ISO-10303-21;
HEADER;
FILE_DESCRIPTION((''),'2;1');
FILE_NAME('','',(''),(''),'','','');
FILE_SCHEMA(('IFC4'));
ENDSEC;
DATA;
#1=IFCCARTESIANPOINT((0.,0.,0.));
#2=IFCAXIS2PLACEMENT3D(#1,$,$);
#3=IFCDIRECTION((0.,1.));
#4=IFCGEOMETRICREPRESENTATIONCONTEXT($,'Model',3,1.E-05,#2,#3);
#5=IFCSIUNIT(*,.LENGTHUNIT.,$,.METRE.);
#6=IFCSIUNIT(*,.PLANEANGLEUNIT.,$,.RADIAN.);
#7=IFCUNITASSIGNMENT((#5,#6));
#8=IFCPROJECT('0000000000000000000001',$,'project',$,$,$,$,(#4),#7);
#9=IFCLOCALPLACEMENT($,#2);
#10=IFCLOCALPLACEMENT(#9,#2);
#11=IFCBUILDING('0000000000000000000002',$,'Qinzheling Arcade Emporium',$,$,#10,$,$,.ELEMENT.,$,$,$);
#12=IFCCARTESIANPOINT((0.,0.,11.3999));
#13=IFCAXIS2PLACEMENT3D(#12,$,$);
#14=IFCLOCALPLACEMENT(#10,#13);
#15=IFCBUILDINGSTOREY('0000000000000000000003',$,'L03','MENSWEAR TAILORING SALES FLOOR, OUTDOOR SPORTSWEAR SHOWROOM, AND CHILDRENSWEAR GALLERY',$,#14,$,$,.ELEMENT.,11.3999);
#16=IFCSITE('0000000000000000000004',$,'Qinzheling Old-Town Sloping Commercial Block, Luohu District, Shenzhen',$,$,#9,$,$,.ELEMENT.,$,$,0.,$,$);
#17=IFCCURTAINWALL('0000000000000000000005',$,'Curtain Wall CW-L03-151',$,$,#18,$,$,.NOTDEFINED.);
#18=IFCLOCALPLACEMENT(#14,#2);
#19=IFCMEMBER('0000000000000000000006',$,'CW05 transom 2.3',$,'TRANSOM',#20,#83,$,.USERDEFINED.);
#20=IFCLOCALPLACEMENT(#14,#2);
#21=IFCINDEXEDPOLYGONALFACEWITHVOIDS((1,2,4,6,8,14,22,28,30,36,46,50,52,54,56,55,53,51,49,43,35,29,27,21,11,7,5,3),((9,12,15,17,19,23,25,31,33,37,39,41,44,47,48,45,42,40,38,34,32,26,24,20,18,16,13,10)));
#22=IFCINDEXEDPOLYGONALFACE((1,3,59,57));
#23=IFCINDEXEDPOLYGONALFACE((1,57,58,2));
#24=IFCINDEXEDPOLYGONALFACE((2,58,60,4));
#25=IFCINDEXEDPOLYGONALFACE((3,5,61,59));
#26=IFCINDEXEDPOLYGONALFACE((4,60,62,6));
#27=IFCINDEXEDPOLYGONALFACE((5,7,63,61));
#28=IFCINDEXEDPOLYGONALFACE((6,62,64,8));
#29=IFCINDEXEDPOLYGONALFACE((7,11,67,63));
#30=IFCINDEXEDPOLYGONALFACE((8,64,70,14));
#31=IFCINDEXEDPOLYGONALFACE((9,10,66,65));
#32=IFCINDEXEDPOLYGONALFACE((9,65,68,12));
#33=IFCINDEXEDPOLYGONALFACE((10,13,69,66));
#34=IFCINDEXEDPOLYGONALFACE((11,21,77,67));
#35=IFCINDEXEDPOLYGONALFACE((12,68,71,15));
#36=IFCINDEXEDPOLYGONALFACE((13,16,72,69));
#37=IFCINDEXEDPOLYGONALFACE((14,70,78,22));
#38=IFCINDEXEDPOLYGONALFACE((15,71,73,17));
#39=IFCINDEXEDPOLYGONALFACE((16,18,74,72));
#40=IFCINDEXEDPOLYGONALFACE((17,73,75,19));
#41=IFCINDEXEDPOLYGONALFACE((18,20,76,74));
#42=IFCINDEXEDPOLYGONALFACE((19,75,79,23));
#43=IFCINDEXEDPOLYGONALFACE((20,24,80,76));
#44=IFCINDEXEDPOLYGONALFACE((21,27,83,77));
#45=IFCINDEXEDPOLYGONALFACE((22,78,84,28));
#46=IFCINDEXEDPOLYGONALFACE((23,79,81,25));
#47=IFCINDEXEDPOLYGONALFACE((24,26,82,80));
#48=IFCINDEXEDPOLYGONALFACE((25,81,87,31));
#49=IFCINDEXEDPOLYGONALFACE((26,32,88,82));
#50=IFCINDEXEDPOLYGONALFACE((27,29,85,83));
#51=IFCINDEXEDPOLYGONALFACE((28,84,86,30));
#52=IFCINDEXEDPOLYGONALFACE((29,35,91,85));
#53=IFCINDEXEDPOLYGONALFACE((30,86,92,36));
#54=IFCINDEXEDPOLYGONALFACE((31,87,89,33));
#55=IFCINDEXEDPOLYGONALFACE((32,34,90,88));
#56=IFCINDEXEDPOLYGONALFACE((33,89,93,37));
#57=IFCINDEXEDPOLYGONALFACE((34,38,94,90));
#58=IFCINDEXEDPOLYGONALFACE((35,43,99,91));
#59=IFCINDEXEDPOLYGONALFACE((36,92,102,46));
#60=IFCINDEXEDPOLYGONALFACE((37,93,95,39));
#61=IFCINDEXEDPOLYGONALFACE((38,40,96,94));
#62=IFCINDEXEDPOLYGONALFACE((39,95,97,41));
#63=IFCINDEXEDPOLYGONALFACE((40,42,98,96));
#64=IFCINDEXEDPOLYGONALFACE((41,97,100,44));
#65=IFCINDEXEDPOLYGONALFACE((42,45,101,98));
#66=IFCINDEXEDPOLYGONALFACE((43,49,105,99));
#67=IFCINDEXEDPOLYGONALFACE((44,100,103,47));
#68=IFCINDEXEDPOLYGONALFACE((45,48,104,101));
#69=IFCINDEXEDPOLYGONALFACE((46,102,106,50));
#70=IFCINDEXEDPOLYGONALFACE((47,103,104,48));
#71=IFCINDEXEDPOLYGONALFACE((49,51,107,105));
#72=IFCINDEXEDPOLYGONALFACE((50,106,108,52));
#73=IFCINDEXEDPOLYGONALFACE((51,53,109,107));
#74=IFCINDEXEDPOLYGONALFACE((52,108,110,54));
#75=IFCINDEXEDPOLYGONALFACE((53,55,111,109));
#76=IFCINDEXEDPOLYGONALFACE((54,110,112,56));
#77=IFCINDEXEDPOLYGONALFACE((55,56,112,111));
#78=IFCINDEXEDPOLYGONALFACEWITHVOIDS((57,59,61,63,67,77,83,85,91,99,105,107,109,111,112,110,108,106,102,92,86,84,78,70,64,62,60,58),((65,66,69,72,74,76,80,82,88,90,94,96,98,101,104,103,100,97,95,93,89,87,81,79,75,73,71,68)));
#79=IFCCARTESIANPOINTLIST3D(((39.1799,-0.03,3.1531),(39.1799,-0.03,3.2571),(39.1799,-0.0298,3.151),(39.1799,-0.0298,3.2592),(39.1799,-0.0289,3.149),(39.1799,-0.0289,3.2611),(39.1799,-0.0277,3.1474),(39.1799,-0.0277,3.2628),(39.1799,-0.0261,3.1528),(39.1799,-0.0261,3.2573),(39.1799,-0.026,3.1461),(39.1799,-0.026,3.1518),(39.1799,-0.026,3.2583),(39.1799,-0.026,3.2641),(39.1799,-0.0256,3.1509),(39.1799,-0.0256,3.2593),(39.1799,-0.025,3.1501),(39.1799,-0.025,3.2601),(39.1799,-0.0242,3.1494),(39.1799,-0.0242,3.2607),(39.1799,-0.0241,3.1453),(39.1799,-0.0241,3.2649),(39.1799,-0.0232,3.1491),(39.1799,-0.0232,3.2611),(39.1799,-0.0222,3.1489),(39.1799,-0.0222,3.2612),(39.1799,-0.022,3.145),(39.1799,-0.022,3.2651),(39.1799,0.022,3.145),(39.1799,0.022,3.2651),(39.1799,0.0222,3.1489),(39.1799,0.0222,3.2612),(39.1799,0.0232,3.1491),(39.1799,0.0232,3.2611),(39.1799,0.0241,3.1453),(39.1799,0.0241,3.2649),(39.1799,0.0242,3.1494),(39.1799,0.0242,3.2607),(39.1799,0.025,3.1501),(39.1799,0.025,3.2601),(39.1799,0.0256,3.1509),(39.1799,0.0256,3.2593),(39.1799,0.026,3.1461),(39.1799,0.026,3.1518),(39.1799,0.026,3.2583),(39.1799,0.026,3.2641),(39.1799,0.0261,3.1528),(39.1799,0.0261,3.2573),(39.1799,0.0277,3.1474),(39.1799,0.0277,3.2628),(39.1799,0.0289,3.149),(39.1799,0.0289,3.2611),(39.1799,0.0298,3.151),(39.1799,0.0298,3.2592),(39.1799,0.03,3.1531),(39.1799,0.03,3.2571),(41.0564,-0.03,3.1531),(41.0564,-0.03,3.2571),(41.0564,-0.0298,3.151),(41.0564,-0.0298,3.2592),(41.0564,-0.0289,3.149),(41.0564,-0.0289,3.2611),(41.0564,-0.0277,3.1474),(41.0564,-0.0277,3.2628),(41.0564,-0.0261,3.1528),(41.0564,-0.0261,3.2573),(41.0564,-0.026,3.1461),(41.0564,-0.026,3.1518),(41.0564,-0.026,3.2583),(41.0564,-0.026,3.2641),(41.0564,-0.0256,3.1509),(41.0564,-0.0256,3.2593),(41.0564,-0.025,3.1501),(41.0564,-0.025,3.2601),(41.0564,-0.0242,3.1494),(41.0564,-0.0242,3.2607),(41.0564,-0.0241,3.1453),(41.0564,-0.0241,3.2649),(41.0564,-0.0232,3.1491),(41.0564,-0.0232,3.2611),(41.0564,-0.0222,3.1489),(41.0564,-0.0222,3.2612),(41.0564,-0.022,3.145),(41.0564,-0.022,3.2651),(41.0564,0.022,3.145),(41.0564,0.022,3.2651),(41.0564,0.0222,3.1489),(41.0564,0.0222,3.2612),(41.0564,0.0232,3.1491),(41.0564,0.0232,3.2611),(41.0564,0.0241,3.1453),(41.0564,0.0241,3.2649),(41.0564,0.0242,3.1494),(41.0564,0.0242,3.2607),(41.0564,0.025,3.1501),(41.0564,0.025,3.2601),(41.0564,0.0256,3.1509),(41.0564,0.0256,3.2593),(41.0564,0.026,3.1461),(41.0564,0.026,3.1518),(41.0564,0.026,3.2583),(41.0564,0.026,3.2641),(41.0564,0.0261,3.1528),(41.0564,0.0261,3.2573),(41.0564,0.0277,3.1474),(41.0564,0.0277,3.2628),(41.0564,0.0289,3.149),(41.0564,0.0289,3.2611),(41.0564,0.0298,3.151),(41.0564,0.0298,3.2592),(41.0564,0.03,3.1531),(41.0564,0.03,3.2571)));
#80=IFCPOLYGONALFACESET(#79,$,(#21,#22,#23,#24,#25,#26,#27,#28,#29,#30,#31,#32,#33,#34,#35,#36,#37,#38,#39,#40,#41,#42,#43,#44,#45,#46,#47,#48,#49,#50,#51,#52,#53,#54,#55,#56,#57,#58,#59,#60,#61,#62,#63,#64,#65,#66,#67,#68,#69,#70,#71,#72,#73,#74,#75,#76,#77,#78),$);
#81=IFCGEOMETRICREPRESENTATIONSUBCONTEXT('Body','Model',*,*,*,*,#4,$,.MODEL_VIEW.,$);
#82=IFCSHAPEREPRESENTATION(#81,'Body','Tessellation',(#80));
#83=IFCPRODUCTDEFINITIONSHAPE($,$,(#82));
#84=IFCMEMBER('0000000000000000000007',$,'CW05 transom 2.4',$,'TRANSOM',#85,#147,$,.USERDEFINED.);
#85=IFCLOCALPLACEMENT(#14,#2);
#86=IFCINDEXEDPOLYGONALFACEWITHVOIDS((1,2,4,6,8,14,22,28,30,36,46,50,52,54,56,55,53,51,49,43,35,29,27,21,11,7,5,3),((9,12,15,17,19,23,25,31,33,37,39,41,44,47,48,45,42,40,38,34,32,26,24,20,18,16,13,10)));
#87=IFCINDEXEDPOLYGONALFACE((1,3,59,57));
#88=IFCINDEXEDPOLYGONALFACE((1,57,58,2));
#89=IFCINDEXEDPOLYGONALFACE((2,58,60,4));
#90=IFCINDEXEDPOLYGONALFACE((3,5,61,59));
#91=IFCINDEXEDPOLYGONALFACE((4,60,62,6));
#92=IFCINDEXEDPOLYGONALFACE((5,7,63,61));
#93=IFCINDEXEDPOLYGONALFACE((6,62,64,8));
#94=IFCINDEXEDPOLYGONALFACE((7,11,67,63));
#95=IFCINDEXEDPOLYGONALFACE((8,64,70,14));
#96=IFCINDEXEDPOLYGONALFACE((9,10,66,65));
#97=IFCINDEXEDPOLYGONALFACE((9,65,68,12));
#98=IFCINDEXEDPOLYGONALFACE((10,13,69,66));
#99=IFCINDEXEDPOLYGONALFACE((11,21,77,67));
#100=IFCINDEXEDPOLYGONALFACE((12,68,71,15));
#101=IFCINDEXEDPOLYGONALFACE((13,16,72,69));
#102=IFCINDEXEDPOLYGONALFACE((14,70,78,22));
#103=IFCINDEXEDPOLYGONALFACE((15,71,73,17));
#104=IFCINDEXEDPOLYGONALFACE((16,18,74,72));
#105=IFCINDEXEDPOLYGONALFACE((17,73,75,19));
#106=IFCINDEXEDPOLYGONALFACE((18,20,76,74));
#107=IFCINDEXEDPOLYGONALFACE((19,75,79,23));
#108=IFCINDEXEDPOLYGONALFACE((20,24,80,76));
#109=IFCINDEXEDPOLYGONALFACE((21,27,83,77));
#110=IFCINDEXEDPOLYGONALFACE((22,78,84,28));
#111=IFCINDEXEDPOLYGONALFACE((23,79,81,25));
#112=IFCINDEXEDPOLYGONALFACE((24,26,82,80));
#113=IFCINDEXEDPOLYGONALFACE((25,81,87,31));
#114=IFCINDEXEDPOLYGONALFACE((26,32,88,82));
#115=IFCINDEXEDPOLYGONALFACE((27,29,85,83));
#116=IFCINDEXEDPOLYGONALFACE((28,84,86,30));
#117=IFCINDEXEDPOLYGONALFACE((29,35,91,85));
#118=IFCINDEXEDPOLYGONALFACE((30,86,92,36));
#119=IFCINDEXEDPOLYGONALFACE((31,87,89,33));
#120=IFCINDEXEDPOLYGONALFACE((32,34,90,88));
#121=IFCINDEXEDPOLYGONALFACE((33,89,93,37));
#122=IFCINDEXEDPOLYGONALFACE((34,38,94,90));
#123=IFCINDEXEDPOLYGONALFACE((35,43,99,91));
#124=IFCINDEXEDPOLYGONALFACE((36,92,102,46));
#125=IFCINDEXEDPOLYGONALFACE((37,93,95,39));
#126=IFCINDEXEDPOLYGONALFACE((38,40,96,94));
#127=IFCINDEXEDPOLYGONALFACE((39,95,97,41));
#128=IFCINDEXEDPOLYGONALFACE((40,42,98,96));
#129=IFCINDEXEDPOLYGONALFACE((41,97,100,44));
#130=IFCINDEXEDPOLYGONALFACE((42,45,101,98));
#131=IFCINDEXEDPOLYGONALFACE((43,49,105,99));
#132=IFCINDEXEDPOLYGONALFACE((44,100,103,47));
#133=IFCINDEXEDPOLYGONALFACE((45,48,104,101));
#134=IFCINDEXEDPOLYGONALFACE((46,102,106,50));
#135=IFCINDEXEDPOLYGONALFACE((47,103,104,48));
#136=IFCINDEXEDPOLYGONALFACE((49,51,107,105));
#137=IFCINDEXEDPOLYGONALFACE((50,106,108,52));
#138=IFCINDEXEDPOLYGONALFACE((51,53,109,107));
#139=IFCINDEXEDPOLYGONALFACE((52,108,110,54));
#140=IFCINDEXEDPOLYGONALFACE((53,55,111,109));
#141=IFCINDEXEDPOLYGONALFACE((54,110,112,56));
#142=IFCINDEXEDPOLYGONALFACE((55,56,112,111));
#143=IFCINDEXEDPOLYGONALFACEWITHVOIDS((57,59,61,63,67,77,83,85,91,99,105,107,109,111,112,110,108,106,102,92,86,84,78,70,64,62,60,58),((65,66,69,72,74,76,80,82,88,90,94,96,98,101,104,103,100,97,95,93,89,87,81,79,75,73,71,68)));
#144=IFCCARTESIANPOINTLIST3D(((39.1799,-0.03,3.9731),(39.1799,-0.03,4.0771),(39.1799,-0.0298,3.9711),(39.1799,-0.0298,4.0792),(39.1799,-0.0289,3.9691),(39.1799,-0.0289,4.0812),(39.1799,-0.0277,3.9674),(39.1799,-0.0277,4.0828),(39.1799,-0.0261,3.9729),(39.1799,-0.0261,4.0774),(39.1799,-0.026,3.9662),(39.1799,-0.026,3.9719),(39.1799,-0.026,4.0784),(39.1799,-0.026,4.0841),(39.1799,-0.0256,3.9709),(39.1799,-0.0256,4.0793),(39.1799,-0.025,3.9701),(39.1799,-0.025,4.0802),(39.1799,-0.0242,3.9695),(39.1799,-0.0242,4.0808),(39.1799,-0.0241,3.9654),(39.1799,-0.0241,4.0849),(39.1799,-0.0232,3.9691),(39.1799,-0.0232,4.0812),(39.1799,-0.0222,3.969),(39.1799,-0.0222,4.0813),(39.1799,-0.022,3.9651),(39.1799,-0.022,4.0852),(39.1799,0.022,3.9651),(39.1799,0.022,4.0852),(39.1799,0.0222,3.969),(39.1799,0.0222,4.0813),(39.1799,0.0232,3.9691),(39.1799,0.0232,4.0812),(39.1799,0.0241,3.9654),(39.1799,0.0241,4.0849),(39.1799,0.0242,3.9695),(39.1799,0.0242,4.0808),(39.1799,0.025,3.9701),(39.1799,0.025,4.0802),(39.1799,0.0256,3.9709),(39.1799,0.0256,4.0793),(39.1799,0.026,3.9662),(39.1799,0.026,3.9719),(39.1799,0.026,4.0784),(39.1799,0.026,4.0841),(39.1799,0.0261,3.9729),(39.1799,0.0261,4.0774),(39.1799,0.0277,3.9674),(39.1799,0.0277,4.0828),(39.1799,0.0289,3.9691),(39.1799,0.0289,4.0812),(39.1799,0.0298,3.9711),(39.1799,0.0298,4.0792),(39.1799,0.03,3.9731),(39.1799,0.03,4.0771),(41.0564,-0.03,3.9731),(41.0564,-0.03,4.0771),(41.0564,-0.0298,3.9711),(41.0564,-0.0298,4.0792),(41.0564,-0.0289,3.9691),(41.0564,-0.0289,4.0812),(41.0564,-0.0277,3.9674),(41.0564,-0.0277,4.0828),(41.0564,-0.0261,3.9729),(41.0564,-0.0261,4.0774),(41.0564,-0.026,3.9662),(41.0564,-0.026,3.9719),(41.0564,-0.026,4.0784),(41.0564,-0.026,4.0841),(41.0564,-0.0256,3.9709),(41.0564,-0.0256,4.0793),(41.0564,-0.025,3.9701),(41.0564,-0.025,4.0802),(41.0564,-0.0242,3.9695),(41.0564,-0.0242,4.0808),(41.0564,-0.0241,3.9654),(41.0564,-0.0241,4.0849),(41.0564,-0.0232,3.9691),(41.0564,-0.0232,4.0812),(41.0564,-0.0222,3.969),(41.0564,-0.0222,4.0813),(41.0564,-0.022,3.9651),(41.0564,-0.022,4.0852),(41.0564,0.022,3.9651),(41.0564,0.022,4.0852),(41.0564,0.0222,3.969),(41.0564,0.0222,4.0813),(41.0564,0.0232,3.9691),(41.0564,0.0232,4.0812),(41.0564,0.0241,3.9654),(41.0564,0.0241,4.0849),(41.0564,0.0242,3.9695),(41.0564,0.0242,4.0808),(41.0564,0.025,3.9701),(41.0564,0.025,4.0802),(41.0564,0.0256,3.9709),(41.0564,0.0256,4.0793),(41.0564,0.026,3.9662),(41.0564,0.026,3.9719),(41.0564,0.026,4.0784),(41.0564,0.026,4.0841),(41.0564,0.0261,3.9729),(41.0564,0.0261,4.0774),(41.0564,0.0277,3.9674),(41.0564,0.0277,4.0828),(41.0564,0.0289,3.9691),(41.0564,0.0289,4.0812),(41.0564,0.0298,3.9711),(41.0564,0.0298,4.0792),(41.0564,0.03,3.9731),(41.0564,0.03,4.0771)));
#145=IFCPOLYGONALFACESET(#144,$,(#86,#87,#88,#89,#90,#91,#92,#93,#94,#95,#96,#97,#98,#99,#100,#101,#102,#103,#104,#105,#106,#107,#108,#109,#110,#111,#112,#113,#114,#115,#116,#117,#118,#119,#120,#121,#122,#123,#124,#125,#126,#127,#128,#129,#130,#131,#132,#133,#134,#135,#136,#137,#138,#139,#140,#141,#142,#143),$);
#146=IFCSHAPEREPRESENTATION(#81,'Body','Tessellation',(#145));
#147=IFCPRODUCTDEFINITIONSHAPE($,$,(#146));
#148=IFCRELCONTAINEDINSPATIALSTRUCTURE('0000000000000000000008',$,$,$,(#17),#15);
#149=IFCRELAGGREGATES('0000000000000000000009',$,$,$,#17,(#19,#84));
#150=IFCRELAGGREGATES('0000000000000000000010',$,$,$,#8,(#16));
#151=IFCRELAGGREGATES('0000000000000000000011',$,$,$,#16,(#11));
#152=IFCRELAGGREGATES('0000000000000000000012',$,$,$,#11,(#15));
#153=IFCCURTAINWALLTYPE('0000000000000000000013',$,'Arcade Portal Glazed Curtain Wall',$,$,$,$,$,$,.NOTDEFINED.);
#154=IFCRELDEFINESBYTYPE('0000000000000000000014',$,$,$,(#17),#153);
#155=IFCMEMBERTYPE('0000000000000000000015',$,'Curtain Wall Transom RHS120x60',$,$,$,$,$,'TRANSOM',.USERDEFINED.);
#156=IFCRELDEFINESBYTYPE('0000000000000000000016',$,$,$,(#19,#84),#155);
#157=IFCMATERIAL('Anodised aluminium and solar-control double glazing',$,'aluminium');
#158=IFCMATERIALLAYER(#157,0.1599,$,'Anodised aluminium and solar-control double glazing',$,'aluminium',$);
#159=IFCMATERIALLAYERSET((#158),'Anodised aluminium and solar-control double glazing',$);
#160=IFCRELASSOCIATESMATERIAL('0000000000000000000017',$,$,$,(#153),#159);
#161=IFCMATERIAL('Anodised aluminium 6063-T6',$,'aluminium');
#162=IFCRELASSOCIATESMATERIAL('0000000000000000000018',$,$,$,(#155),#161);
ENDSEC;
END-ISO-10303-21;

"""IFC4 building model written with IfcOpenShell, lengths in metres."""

from ifc_helpers import new_model, si_unit, direction, frame, origin, origin_2d, place, context, subcontext, project, spatial, hollow_rectangle, extrude, material, layer, layer_set, material_profile, profile_set, type_object, element, aggregate, save


model = new_model("IFC4")

# Units and contexts
model_context = context("Model", 3, precision=1e-05, world=origin(), true_north=direction((0.0, 1.0)))
body_context = subcontext(model_context, "Body", "Model", "MODEL_VIEW")
ifc_project = project(units=[si_unit("LENGTHUNIT", "METRE"), si_unit("PLANEANGLEUNIT", "RADIAN")], contexts=[model_context])

# Site, building, storey
site_placement = place(None, origin())
site = spatial("IfcSite", under=ifc_project, at=site_placement, Name="Qinzheling Old-Town Sloping Commercial Block, Luohu District, Shenzhen", CompositionType="ELEMENT", RefElevation=0.0)
building_placement = place(site_placement, origin())
building = spatial("IfcBuilding", under=site, at=building_placement, Name="Qinzheling Arcade Emporium", CompositionType="ELEMENT")
storey_placement = place(building_placement, frame((0.0, 0.0, 11.3999)))
storey = spatial("IfcBuildingStorey", under=building, at=storey_placement, Name="L03", Description="MENSWEAR TAILORING SALES FLOOR, OUTDOOR SPORTSWEAR SHOWROOM, AND CHILDRENSWEAR GALLERY", CompositionType="ELEMENT", Elevation=11.3999)

# Shared definitions
ifc_material_1 = material(Name="Anodised aluminium and solar-control double glazing", Category="aluminium")
ifc_layer_1 = layer(ifc_material_1, 0.1599, Name="Anodised aluminium and solar-control double glazing", Category="aluminium")
ifc_layer_set_1 = layer_set([ifc_layer_1], Name="Anodised aluminium and solar-control double glazing")
curtain_wall_type = type_object("IfcCurtainWallType", Name="Arcade Portal Glazed Curtain Wall", PredefinedType="NOTDEFINED", material=ifc_layer_set_1)
ifc_material_2 = material(Name="Anodised aluminium 6063-T6", Category="aluminium")

# Curtain wall
curtain_wall_1_placement = place(storey_placement, origin())
curtain_wall_1 = element("IfcCurtainWall", 1, at=curtain_wall_1_placement, inside=storey, type_object=curtain_wall_type, Name="Curtain Wall CW-L03-151", PredefinedType="NOTDEFINED")

# Members
ifc_material_profile_1 = material_profile(ifc_material_2, hollow_rectangle(XDim=0.0601, YDim=0.1201, WallThickness=0.0039, InnerFilletRadius=0.0039, OuterFilletRadius=0.0081, at=origin_2d()), Name="RHS 120x60x4", Category="aluminium")
ifc_profile_set_1 = profile_set([ifc_material_profile_1], Name="Anodised aluminium 6063-T6")
member_type_1 = type_object("IfcMemberType", Name="Curtain Wall Transom RHS120x60", ElementType="TRANSOM", PredefinedType="USERDEFINED", material=ifc_profile_set_1)
member_1_placement = place(storey_placement, frame((41.0564, 0.0, 3.2051), z_axis=(-1.0, 0.0, 0.0), x_axis=(0.0, -1.0, 0.0)))
member_1 = element("IfcMember", 2, at=member_1_placement, type_object=member_type_1, Name="CW05 transom 2.3", ObjectType="TRANSOM", PredefinedType="USERDEFINED", context=body_context, shape_type="SweptSolid", body=[
    extrude(hollow_rectangle(XDim=0.0601, YDim=0.1201, WallThickness=0.0039, InnerFilletRadius=0.0039, OuterFilletRadius=0.0081, at=origin_2d()), origin(), (0.0, 0.0, 1.0), 1.8765),
])
member_2_placement = place(storey_placement, frame((41.0564, 0.0, 4.0251), z_axis=(-1.0, 0.0, 0.0), x_axis=(0.0, -1.0, 0.0)))
member_2 = element("IfcMember", 3, at=member_2_placement, type_object=member_type_1, Name="CW05 transom 2.4", ObjectType="TRANSOM", PredefinedType="USERDEFINED", context=body_context, shape_type="SweptSolid", body=[
    extrude(hollow_rectangle(XDim=0.0601, YDim=0.1201, WallThickness=0.0039, InnerFilletRadius=0.0039, OuterFilletRadius=0.0081, at=origin_2d()), origin(), (0.0, 0.0, 1.0), 1.8765),
])

aggregate(curtain_wall_1, [member_1, member_2])

save(model, "model.ifc")
